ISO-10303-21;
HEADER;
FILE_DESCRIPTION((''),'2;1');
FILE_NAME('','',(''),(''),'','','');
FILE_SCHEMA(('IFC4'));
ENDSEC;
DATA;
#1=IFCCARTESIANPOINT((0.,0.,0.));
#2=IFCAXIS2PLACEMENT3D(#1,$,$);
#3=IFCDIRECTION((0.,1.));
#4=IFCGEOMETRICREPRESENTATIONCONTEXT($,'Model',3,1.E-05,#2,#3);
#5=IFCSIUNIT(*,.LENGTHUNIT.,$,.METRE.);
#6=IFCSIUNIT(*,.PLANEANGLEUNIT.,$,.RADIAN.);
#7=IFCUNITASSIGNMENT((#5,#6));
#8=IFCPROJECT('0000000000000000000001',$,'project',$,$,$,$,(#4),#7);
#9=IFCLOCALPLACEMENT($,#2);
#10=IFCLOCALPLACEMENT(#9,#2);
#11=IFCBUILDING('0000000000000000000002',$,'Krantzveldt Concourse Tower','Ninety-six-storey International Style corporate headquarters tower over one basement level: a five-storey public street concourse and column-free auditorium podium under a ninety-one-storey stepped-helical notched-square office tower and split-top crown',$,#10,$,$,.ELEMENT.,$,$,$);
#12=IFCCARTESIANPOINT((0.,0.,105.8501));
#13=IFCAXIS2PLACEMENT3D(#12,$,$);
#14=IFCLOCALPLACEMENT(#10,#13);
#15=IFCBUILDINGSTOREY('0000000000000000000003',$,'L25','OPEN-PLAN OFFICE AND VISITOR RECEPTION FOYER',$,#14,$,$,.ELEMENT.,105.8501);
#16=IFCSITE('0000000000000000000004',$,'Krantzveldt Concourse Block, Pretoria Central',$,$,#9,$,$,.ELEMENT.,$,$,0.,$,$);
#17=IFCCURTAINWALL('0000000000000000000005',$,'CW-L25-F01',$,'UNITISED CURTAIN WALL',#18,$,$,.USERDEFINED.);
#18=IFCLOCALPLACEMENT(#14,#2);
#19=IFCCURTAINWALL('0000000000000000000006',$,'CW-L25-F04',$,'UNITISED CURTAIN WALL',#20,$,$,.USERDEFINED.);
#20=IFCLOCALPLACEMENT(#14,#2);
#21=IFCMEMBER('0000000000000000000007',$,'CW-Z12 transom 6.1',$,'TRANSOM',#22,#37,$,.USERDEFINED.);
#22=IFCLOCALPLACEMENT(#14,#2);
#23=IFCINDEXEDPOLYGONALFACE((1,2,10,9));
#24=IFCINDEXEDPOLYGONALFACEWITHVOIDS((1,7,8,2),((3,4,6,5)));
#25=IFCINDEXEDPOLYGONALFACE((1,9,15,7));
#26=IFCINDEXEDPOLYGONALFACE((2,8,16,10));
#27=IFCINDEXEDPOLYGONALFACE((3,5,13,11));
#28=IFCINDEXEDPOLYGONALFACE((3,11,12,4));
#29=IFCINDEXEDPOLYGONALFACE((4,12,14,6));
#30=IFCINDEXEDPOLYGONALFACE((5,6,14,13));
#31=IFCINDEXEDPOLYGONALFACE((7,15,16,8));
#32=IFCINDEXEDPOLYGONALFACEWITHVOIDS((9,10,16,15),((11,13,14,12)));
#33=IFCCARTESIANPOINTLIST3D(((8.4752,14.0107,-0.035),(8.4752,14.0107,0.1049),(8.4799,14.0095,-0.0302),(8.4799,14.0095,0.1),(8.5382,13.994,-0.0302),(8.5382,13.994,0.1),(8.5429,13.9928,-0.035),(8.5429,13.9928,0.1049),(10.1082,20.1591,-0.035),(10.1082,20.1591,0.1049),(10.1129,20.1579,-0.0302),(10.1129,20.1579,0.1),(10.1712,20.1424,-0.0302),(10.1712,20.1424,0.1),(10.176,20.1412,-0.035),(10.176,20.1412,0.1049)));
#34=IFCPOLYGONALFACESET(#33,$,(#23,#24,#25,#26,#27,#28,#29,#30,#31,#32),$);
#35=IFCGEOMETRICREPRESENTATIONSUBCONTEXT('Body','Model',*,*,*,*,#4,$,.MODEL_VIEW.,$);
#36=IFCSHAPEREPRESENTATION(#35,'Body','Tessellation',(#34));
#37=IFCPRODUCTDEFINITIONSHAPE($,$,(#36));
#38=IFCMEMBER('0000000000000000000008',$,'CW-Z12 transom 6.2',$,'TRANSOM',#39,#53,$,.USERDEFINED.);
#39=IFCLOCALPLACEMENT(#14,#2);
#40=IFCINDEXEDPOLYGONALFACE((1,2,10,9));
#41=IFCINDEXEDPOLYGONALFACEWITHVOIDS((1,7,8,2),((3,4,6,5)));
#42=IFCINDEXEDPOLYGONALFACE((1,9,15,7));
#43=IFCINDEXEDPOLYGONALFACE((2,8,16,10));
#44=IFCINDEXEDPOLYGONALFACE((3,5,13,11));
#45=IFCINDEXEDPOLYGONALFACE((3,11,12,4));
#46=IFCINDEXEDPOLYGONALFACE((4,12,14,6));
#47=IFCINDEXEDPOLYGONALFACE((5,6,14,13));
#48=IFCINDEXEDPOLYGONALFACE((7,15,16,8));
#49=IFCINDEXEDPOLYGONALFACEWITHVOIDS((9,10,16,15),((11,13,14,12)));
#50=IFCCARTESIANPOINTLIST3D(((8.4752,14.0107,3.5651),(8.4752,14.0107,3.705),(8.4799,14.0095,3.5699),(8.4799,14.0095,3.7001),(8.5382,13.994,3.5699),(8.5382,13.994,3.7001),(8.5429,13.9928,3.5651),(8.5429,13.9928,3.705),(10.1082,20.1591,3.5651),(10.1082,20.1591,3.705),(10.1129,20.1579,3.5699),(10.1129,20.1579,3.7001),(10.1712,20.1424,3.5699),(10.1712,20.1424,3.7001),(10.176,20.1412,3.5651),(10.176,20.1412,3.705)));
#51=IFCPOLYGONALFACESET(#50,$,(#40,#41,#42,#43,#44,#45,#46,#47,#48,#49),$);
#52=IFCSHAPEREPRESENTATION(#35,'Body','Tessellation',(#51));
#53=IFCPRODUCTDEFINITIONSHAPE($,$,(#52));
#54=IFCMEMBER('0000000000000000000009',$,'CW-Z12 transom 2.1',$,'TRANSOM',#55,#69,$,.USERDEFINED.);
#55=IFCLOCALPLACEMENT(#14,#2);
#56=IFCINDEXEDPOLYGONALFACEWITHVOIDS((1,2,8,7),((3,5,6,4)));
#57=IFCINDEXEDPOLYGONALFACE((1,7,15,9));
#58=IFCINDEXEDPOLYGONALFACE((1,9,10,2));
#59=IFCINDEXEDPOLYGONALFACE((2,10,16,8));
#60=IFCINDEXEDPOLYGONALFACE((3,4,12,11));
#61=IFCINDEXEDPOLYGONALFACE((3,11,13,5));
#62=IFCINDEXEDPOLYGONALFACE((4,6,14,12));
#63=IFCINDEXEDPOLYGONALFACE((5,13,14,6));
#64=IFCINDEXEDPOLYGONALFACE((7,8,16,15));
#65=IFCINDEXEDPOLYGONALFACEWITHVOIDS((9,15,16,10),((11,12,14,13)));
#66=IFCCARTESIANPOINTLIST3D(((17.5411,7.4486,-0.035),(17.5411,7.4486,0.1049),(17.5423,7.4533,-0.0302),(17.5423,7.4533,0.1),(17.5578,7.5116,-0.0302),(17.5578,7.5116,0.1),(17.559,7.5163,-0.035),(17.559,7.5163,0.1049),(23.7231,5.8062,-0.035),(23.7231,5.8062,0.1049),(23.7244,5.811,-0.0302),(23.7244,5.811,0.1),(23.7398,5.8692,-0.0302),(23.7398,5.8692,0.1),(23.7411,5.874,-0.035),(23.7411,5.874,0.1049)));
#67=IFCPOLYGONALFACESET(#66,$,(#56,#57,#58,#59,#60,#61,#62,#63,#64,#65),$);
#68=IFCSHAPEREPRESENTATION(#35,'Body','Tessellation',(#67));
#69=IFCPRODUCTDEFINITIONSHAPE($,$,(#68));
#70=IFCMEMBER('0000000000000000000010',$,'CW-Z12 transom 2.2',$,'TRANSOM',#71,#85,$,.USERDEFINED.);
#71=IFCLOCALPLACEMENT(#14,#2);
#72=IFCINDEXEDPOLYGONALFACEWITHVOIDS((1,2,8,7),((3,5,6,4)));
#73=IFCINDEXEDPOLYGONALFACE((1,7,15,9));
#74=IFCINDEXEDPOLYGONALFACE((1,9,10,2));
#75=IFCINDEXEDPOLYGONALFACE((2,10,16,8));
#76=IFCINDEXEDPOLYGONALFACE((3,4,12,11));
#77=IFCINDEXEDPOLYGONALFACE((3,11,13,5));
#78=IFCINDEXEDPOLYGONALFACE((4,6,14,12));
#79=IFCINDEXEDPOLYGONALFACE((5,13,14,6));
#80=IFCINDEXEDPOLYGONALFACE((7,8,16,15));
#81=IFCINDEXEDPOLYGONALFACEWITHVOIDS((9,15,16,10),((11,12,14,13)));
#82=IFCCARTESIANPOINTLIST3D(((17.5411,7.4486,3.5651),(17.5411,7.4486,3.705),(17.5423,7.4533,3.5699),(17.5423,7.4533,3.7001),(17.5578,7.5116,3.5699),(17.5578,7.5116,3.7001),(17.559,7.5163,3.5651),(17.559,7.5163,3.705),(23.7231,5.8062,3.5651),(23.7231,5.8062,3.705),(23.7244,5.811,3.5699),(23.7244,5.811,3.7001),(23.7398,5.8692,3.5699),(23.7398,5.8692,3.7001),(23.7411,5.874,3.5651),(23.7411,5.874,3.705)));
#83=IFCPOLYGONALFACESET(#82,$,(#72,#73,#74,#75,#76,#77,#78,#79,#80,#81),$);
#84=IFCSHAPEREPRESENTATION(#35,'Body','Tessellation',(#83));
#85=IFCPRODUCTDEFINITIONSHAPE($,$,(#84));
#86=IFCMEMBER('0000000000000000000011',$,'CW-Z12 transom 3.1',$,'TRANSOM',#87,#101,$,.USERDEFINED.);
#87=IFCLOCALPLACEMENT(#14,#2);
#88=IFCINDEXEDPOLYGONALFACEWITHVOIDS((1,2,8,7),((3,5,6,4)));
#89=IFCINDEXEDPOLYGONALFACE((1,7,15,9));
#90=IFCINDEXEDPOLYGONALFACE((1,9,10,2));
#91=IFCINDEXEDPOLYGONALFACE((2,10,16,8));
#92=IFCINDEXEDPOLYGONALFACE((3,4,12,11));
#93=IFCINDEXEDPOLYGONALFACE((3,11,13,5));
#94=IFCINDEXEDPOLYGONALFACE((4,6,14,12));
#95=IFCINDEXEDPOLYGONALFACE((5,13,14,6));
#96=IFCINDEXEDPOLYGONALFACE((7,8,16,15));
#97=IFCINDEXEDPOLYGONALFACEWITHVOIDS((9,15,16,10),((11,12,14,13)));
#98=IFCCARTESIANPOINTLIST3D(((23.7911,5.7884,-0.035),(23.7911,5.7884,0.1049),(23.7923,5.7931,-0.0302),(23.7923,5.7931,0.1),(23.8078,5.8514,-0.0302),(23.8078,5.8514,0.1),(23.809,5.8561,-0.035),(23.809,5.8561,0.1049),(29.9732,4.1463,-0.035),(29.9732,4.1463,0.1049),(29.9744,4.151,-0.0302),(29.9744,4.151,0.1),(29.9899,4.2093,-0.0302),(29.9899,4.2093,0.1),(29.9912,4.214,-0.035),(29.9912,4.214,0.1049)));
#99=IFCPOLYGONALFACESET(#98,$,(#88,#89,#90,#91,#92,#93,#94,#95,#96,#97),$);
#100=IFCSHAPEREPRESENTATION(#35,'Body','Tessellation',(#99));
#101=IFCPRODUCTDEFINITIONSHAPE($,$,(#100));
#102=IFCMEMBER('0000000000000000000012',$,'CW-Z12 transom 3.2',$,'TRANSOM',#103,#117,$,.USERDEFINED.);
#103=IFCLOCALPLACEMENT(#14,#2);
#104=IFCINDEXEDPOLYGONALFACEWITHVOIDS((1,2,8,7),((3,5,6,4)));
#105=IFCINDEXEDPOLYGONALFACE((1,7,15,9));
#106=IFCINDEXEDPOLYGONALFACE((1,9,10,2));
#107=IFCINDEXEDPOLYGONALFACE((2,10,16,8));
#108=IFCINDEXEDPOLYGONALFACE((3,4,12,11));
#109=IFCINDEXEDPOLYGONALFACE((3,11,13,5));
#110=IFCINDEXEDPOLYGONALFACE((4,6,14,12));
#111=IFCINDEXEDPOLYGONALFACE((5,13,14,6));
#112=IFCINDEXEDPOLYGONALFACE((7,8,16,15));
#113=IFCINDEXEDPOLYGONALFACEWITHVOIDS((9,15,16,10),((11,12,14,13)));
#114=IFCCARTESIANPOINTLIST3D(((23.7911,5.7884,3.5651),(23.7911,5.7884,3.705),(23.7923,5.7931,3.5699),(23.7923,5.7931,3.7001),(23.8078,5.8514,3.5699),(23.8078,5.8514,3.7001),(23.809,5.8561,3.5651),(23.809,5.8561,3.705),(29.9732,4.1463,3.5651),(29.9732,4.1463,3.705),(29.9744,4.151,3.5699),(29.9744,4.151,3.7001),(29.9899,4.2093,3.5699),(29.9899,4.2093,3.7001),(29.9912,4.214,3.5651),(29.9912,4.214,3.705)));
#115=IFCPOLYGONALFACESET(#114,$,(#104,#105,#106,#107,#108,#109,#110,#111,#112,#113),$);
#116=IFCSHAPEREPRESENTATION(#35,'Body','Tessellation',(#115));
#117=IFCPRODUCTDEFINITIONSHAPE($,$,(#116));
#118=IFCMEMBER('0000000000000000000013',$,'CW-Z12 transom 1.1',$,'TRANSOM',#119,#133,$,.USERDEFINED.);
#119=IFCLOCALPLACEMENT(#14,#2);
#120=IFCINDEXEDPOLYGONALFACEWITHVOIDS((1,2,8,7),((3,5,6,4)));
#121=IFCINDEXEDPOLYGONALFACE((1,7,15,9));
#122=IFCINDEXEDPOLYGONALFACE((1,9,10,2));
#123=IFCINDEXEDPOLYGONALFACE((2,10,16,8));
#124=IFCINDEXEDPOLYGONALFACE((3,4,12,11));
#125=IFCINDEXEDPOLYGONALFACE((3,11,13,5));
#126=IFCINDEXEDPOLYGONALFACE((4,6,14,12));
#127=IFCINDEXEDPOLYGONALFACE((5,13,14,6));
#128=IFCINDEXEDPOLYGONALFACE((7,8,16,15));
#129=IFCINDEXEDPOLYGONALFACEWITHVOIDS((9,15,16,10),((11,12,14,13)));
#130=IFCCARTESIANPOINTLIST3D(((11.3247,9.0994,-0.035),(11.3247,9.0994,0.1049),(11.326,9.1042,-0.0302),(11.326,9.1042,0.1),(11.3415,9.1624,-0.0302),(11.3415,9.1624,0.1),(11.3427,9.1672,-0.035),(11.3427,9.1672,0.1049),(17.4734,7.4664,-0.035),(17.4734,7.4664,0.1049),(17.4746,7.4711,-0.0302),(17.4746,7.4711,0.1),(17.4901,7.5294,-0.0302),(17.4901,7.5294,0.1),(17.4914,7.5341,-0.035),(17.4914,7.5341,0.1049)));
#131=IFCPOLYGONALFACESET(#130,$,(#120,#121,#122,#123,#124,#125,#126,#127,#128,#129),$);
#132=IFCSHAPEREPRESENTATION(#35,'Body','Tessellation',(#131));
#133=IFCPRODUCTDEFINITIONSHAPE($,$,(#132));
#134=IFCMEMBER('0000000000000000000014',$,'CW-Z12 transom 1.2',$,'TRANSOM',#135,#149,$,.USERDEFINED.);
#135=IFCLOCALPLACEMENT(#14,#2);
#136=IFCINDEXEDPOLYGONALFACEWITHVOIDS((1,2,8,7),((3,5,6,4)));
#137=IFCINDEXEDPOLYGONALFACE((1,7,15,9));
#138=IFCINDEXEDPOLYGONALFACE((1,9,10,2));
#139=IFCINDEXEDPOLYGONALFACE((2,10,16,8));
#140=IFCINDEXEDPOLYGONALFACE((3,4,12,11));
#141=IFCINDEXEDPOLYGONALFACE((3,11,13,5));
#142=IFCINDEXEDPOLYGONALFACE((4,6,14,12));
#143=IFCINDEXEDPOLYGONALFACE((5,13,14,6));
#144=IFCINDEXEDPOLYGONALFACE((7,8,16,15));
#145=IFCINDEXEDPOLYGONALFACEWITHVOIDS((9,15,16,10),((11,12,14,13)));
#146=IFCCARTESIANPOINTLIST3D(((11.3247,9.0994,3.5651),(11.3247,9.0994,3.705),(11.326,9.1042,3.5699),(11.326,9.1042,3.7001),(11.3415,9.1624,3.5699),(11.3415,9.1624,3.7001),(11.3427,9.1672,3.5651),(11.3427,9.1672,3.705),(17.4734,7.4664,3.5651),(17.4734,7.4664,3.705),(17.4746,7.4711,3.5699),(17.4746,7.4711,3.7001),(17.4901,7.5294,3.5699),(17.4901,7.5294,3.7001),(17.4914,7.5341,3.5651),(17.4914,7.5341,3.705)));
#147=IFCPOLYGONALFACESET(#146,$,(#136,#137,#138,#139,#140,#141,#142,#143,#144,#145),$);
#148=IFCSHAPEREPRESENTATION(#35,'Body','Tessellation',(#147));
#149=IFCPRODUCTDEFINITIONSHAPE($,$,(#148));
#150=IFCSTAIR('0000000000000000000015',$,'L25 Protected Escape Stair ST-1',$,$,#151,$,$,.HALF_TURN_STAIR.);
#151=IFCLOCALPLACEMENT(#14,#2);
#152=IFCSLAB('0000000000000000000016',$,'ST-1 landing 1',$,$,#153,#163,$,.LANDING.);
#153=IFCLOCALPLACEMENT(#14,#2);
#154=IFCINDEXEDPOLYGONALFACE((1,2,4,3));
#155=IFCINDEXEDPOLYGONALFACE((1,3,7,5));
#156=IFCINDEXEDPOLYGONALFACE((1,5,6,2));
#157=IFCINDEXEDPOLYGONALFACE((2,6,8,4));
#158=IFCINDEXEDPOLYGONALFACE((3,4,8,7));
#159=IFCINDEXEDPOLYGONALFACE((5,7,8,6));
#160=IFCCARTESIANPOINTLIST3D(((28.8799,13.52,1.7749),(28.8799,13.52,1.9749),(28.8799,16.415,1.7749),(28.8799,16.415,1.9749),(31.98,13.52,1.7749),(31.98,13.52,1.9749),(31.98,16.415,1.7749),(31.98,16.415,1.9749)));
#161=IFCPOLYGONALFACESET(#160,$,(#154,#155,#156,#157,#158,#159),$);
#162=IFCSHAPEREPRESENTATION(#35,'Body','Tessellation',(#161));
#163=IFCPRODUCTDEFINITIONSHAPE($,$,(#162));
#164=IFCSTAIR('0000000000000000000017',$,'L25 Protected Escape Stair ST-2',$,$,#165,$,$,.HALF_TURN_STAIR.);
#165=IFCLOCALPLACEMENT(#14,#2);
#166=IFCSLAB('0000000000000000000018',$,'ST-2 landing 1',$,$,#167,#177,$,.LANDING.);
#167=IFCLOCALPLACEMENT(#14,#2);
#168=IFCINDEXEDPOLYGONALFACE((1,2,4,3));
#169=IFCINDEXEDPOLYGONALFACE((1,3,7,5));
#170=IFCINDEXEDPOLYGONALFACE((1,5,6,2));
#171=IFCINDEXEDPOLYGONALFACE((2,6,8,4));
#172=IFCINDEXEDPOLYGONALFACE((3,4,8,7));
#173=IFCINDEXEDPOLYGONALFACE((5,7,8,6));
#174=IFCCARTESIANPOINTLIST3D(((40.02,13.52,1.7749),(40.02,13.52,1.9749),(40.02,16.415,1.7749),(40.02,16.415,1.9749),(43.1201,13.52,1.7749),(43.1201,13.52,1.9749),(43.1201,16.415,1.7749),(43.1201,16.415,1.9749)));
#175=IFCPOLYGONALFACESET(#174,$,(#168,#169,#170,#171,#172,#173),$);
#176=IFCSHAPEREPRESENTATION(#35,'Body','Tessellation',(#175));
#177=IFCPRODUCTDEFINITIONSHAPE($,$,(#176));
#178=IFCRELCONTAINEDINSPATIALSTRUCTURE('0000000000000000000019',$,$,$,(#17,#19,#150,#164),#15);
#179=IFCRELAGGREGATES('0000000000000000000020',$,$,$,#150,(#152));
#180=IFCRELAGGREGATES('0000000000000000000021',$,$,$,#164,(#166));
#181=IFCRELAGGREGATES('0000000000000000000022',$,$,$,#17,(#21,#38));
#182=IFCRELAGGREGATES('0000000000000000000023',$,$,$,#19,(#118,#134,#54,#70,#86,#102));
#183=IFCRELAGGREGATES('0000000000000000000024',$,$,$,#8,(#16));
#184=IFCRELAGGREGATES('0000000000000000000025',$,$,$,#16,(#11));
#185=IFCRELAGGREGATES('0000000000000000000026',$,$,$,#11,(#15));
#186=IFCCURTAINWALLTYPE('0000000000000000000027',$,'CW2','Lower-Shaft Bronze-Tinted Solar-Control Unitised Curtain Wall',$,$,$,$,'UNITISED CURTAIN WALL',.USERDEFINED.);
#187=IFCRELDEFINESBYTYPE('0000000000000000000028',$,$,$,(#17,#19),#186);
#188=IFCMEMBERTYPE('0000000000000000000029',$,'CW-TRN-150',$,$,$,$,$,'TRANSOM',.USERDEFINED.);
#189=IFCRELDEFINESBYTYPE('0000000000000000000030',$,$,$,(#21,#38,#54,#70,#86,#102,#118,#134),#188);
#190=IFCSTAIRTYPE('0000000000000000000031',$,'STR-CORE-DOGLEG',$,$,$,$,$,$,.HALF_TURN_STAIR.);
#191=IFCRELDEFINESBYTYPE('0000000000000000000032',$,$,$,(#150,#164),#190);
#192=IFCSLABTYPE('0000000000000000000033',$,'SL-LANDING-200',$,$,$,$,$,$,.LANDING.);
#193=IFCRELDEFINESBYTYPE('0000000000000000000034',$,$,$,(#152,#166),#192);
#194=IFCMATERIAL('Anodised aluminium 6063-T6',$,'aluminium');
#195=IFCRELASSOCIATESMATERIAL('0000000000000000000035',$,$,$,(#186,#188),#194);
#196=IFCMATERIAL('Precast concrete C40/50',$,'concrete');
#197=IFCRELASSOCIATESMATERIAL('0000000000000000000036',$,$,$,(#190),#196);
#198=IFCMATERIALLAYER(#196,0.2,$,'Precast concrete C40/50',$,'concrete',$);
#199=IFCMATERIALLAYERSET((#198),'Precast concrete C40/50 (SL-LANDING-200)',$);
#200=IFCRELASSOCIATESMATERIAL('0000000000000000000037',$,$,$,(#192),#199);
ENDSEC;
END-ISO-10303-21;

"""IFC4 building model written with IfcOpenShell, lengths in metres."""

from ifc_helpers import new_model, si_unit, direction, frame, origin, origin_2d, place, context, subcontext, project, spatial, polyline, hollow_rectangle, outline, extrude, source, transform, mapped, material, layer, layer_set, material_profile, profile_set, type_object, type_shapes, element, aggregate, save


model = new_model("IFC4")

# Units and contexts
model_context = context("Model", 3, precision=1e-05, world=origin(), true_north=direction((0.0, 1.0)))
body_context = subcontext(model_context, "Body", "Model", "MODEL_VIEW")
ifc_project = project(units=[si_unit("LENGTHUNIT", "METRE"), si_unit("PLANEANGLEUNIT", "RADIAN")], contexts=[model_context])

# Site, building, storey
site_placement = place(None, origin())
site = spatial("IfcSite", under=ifc_project, at=site_placement, Name="Krantzveldt Concourse Block, Pretoria Central", CompositionType="ELEMENT", RefElevation=0.0)
building_placement = place(site_placement, origin())
building = spatial("IfcBuilding", under=site, at=building_placement, Name="Krantzveldt Concourse Tower", Description="Ninety-six-storey International Style corporate headquarters tower over one basement level: a five-storey public street concourse and column-free auditorium podium under a ninety-one-storey stepped-helical notched-square office tower and split-top crown", CompositionType="ELEMENT")
storey_placement = place(building_placement, frame((0.0, 0.0, 105.8501)))
storey = spatial("IfcBuildingStorey", under=building, at=storey_placement, Name="L25", Description="OPEN-PLAN OFFICE AND VISITOR RECEPTION FOYER", CompositionType="ELEMENT", Elevation=105.8501)

# Curtain walls
ifc_material_1 = material(Name="Anodised aluminium 6063-T6", Category="aluminium")
curtain_wall_type = type_object("IfcCurtainWallType", Name="CW2", Description="Lower-Shaft Bronze-Tinted Solar-Control Unitised Curtain Wall", ElementType="UNITISED CURTAIN WALL", PredefinedType="USERDEFINED", material=ifc_material_1)
curtain_wall_1_placement = place(storey_placement, origin())
curtain_wall_1 = element("IfcCurtainWall", 1, at=curtain_wall_1_placement, inside=storey, type_object=curtain_wall_type, Name="CW-L25-F01", ObjectType="UNITISED CURTAIN WALL", PredefinedType="USERDEFINED")
curtain_wall_2_placement = place(storey_placement, origin())
curtain_wall_2 = element("IfcCurtainWall", 2, at=curtain_wall_2_placement, inside=storey, type_object=curtain_wall_type, Name="CW-L25-F04", ObjectType="UNITISED CURTAIN WALL", PredefinedType="USERDEFINED")

# Members
ifc_material_profile_1 = material_profile(ifc_material_1, hollow_rectangle(XDim=0.0701, YDim=0.1399, WallThickness=0.0049, at=origin_2d()), Name="Anodised aluminium 6063-T6", Category="aluminium")
ifc_profile_set_1 = profile_set([ifc_material_profile_1], Name="Anodised aluminium 6063-T6 - ALU-TRAN 140x70x5")
member_type_1 = type_object("IfcMemberType", Name="CW-TRN-150", ElementType="TRANSOM", PredefinedType="USERDEFINED", material=ifc_profile_set_1)
shared_shape_1 = source(origin(), body_context, "Body", "SweptSolid", [
    extrude(hollow_rectangle(XDim=0.0701, YDim=0.1399, WallThickness=0.0049, at=origin_2d()), origin(), (0.0, 0.0, 1.0), 6.3616),
])
member_1_placement = place(storey_placement, frame((10.1421, 20.1501, 0.0349), z_axis=(-0.256705, -0.96649, 0.0), x_axis=(0.96649, -0.256705, 0.0)))
member_1 = element("IfcMember", 3, at=member_1_placement, type_object=member_type_1, Name="CW-Z12 transom 6.1", ObjectType="TRANSOM", PredefinedType="USERDEFINED", context=body_context, shape_type="MappedRepresentation", body=[
    mapped(shared_shape_1, transform((0.0, 0.0, 0.0), x_axis=(1.0, 0.0, 0.0), y_axis=(0.0, 1.0, 0.0), z_axis=(0.0, 0.0, 1.0), scale=1.0)),
])
member_2_placement = place(storey_placement, frame((10.1421, 20.1501, 3.635), z_axis=(-0.256705, -0.96649, 0.0), x_axis=(0.96649, -0.256705, 0.0)))
member_2 = element("IfcMember", 4, at=member_2_placement, type_object=member_type_1, Name="CW-Z12 transom 6.2", ObjectType="TRANSOM", PredefinedType="USERDEFINED", context=body_context, shape_type="MappedRepresentation", body=[
    mapped(shared_shape_1, transform((0.0, 0.0, 0.0), x_axis=(1.0, 0.0, 0.0), y_axis=(0.0, 1.0, 0.0), z_axis=(0.0, 0.0, 1.0), scale=1.0)),
])
shared_shape_2 = source(origin(), body_context, "Body", "SweptSolid", [
    extrude(hollow_rectangle(XDim=0.0701, YDim=0.1399, WallThickness=0.0049, at=origin_2d()), origin(), (0.0, 0.0, 1.0), 6.3965),
])
member_3_placement = place(storey_placement, frame((17.55, 7.4824, 0.0349), z_axis=(0.966477, -0.256753, 0.0), x_axis=(0.256753, 0.966477, 0.0)))
member_3 = element("IfcMember", 5, at=member_3_placement, type_object=member_type_1, Name="CW-Z12 transom 2.1", ObjectType="TRANSOM", PredefinedType="USERDEFINED", context=body_context, shape_type="MappedRepresentation", body=[
    mapped(shared_shape_2, transform((0.0, 0.0, 0.0), x_axis=(1.0, 0.0, 0.0), y_axis=(0.0, 1.0, 0.0), z_axis=(0.0, 0.0, 1.0), scale=1.0)),
])
member_4_placement = place(storey_placement, frame((17.55, 7.4824, 3.635), z_axis=(0.966477, -0.256753, 0.0), x_axis=(0.256753, 0.966477, 0.0)))
member_4 = element("IfcMember", 6, at=member_4_placement, type_object=member_type_1, Name="CW-Z12 transom 2.2", ObjectType="TRANSOM", PredefinedType="USERDEFINED", context=body_context, shape_type="MappedRepresentation", body=[
    mapped(shared_shape_2, transform((0.0, 0.0, 0.0), x_axis=(1.0, 0.0, 0.0), y_axis=(0.0, 1.0, 0.0), z_axis=(0.0, 0.0, 1.0), scale=1.0)),
])
member_5_placement = place(storey_placement, frame((23.8, 5.8223, 0.0349), z_axis=(0.966487, -0.256717, 0.0), x_axis=(0.256717, 0.966487, 0.0)))
member_5 = element("IfcMember", 7, at=member_5_placement, type_object=member_type_1, Name="CW-Z12 transom 3.1", ObjectType="TRANSOM", PredefinedType="USERDEFINED", context=body_context, shape_type="MappedRepresentation", body=[
    mapped(shared_shape_2, transform((0.0, 0.0, 0.0), x_axis=(1.0, 0.0, 0.0), y_axis=(0.0, 1.0, 0.0), z_axis=(0.0, 0.0, 1.0), scale=1.0)),
])
member_6_placement = place(storey_placement, frame((23.8, 5.8223, 3.635), z_axis=(0.966487, -0.256717, 0.0), x_axis=(0.256717, 0.966487, 0.0)))
member_6 = element("IfcMember", 8, at=member_6_placement, type_object=member_type_1, Name="CW-Z12 transom 3.2", ObjectType="TRANSOM", PredefinedType="USERDEFINED", context=body_context, shape_type="MappedRepresentation", body=[
    mapped(shared_shape_2, transform((0.0, 0.0, 0.0), x_axis=(1.0, 0.0, 0.0), y_axis=(0.0, 1.0, 0.0), z_axis=(0.0, 0.0, 1.0), scale=1.0)),
])
shared_shape_3 = source(origin(), body_context, "Body", "SweptSolid", [
    extrude(hollow_rectangle(XDim=0.0701, YDim=0.1399, WallThickness=0.0049, at=origin_2d()), origin(), (0.0, 0.0, 1.0), 6.3618),
])
type_shapes(member_type_1, [shared_shape_1, shared_shape_2, shared_shape_3])
member_7_placement = place(storey_placement, frame((11.3337, 9.1333, 0.0349), z_axis=(0.966492, -0.256695, 0.0), x_axis=(0.256695, 0.966492, 0.0)))
member_7 = element("IfcMember", 9, at=member_7_placement, type_object=member_type_1, Name="CW-Z12 transom 1.1", ObjectType="TRANSOM", PredefinedType="USERDEFINED", context=body_context, shape_type="MappedRepresentation", body=[
    mapped(shared_shape_3, transform((0.0, 0.0, 0.0), x_axis=(1.0, 0.0, 0.0), y_axis=(0.0, 1.0, 0.0), z_axis=(0.0, 0.0, 1.0), scale=1.0)),
])
member_8_placement = place(storey_placement, frame((11.3337, 9.1333, 3.635), z_axis=(0.966492, -0.256695, 0.0), x_axis=(0.256695, 0.966492, 0.0)))
member_8 = element("IfcMember", 10, at=member_8_placement, type_object=member_type_1, Name="CW-Z12 transom 1.2", ObjectType="TRANSOM", PredefinedType="USERDEFINED", context=body_context, shape_type="MappedRepresentation", body=[
    mapped(shared_shape_3, transform((0.0, 0.0, 0.0), x_axis=(1.0, 0.0, 0.0), y_axis=(0.0, 1.0, 0.0), z_axis=(0.0, 0.0, 1.0), scale=1.0)),
])

# Stairs, slabs
ifc_material_2 = material(Name="Precast concrete C40/50", Category="concrete")
stair_type = type_object("IfcStairType", Name="STR-CORE-DOGLEG", PredefinedType="HALF_TURN_STAIR", material=ifc_material_2)
stair_1_placement = place(storey_placement, origin())
stair_1 = element("IfcStair", 11, at=stair_1_placement, inside=storey, type_object=stair_type, Name="L25 Protected Escape Stair ST-1", PredefinedType="HALF_TURN_STAIR")
ifc_layer_1 = layer(ifc_material_2, 0.2, Name="Precast concrete C40/50", Category="concrete")
ifc_layer_set_1 = layer_set([ifc_layer_1], Name="Precast concrete C40/50 (SL-LANDING-200)")
slab_type_1 = type_object("IfcSlabType", Name="SL-LANDING-200", PredefinedType="LANDING", material=ifc_layer_set_1)
slab_1_placement = place(storey_placement, frame((0.0, 0.0, 1.7749)))
slab_1 = element("IfcSlab", 12, at=slab_1_placement, type_object=slab_type_1, Name="ST-1 landing 1", PredefinedType="LANDING", context=body_context, shape_type="SweptSolid", body=[
    extrude(outline(polyline([(28.8799, 16.415), (28.8799, 13.52), (31.98, 13.52), (31.98, 16.415), (28.8799, 16.415)])), origin(), (0.0, 0.0, 1.0), 0.2),
])
aggregate(stair_1, [slab_1])
stair_2_placement = place(storey_placement, origin())
stair_2 = element("IfcStair", 13, at=stair_2_placement, inside=storey, type_object=stair_type, Name="L25 Protected Escape Stair ST-2", PredefinedType="HALF_TURN_STAIR")
slab_2_placement = place(storey_placement, frame((0.0, 0.0, 1.7749)))
slab_2 = element("IfcSlab", 14, at=slab_2_placement, type_object=slab_type_1, Name="ST-2 landing 1", PredefinedType="LANDING", context=body_context, shape_type="SweptSolid", body=[
    extrude(outline(polyline([(40.02, 16.415), (40.02, 13.52), (43.1201, 13.52), (43.1201, 16.415), (40.02, 16.415)])), origin(), (0.0, 0.0, 1.0), 0.2),
])
aggregate(stair_2, [slab_2])

aggregate(curtain_wall_1, [member_1, member_2])
aggregate(curtain_wall_2, [member_7, member_8, member_3, member_4, member_5, member_6])

save(model, "model.ifc")
